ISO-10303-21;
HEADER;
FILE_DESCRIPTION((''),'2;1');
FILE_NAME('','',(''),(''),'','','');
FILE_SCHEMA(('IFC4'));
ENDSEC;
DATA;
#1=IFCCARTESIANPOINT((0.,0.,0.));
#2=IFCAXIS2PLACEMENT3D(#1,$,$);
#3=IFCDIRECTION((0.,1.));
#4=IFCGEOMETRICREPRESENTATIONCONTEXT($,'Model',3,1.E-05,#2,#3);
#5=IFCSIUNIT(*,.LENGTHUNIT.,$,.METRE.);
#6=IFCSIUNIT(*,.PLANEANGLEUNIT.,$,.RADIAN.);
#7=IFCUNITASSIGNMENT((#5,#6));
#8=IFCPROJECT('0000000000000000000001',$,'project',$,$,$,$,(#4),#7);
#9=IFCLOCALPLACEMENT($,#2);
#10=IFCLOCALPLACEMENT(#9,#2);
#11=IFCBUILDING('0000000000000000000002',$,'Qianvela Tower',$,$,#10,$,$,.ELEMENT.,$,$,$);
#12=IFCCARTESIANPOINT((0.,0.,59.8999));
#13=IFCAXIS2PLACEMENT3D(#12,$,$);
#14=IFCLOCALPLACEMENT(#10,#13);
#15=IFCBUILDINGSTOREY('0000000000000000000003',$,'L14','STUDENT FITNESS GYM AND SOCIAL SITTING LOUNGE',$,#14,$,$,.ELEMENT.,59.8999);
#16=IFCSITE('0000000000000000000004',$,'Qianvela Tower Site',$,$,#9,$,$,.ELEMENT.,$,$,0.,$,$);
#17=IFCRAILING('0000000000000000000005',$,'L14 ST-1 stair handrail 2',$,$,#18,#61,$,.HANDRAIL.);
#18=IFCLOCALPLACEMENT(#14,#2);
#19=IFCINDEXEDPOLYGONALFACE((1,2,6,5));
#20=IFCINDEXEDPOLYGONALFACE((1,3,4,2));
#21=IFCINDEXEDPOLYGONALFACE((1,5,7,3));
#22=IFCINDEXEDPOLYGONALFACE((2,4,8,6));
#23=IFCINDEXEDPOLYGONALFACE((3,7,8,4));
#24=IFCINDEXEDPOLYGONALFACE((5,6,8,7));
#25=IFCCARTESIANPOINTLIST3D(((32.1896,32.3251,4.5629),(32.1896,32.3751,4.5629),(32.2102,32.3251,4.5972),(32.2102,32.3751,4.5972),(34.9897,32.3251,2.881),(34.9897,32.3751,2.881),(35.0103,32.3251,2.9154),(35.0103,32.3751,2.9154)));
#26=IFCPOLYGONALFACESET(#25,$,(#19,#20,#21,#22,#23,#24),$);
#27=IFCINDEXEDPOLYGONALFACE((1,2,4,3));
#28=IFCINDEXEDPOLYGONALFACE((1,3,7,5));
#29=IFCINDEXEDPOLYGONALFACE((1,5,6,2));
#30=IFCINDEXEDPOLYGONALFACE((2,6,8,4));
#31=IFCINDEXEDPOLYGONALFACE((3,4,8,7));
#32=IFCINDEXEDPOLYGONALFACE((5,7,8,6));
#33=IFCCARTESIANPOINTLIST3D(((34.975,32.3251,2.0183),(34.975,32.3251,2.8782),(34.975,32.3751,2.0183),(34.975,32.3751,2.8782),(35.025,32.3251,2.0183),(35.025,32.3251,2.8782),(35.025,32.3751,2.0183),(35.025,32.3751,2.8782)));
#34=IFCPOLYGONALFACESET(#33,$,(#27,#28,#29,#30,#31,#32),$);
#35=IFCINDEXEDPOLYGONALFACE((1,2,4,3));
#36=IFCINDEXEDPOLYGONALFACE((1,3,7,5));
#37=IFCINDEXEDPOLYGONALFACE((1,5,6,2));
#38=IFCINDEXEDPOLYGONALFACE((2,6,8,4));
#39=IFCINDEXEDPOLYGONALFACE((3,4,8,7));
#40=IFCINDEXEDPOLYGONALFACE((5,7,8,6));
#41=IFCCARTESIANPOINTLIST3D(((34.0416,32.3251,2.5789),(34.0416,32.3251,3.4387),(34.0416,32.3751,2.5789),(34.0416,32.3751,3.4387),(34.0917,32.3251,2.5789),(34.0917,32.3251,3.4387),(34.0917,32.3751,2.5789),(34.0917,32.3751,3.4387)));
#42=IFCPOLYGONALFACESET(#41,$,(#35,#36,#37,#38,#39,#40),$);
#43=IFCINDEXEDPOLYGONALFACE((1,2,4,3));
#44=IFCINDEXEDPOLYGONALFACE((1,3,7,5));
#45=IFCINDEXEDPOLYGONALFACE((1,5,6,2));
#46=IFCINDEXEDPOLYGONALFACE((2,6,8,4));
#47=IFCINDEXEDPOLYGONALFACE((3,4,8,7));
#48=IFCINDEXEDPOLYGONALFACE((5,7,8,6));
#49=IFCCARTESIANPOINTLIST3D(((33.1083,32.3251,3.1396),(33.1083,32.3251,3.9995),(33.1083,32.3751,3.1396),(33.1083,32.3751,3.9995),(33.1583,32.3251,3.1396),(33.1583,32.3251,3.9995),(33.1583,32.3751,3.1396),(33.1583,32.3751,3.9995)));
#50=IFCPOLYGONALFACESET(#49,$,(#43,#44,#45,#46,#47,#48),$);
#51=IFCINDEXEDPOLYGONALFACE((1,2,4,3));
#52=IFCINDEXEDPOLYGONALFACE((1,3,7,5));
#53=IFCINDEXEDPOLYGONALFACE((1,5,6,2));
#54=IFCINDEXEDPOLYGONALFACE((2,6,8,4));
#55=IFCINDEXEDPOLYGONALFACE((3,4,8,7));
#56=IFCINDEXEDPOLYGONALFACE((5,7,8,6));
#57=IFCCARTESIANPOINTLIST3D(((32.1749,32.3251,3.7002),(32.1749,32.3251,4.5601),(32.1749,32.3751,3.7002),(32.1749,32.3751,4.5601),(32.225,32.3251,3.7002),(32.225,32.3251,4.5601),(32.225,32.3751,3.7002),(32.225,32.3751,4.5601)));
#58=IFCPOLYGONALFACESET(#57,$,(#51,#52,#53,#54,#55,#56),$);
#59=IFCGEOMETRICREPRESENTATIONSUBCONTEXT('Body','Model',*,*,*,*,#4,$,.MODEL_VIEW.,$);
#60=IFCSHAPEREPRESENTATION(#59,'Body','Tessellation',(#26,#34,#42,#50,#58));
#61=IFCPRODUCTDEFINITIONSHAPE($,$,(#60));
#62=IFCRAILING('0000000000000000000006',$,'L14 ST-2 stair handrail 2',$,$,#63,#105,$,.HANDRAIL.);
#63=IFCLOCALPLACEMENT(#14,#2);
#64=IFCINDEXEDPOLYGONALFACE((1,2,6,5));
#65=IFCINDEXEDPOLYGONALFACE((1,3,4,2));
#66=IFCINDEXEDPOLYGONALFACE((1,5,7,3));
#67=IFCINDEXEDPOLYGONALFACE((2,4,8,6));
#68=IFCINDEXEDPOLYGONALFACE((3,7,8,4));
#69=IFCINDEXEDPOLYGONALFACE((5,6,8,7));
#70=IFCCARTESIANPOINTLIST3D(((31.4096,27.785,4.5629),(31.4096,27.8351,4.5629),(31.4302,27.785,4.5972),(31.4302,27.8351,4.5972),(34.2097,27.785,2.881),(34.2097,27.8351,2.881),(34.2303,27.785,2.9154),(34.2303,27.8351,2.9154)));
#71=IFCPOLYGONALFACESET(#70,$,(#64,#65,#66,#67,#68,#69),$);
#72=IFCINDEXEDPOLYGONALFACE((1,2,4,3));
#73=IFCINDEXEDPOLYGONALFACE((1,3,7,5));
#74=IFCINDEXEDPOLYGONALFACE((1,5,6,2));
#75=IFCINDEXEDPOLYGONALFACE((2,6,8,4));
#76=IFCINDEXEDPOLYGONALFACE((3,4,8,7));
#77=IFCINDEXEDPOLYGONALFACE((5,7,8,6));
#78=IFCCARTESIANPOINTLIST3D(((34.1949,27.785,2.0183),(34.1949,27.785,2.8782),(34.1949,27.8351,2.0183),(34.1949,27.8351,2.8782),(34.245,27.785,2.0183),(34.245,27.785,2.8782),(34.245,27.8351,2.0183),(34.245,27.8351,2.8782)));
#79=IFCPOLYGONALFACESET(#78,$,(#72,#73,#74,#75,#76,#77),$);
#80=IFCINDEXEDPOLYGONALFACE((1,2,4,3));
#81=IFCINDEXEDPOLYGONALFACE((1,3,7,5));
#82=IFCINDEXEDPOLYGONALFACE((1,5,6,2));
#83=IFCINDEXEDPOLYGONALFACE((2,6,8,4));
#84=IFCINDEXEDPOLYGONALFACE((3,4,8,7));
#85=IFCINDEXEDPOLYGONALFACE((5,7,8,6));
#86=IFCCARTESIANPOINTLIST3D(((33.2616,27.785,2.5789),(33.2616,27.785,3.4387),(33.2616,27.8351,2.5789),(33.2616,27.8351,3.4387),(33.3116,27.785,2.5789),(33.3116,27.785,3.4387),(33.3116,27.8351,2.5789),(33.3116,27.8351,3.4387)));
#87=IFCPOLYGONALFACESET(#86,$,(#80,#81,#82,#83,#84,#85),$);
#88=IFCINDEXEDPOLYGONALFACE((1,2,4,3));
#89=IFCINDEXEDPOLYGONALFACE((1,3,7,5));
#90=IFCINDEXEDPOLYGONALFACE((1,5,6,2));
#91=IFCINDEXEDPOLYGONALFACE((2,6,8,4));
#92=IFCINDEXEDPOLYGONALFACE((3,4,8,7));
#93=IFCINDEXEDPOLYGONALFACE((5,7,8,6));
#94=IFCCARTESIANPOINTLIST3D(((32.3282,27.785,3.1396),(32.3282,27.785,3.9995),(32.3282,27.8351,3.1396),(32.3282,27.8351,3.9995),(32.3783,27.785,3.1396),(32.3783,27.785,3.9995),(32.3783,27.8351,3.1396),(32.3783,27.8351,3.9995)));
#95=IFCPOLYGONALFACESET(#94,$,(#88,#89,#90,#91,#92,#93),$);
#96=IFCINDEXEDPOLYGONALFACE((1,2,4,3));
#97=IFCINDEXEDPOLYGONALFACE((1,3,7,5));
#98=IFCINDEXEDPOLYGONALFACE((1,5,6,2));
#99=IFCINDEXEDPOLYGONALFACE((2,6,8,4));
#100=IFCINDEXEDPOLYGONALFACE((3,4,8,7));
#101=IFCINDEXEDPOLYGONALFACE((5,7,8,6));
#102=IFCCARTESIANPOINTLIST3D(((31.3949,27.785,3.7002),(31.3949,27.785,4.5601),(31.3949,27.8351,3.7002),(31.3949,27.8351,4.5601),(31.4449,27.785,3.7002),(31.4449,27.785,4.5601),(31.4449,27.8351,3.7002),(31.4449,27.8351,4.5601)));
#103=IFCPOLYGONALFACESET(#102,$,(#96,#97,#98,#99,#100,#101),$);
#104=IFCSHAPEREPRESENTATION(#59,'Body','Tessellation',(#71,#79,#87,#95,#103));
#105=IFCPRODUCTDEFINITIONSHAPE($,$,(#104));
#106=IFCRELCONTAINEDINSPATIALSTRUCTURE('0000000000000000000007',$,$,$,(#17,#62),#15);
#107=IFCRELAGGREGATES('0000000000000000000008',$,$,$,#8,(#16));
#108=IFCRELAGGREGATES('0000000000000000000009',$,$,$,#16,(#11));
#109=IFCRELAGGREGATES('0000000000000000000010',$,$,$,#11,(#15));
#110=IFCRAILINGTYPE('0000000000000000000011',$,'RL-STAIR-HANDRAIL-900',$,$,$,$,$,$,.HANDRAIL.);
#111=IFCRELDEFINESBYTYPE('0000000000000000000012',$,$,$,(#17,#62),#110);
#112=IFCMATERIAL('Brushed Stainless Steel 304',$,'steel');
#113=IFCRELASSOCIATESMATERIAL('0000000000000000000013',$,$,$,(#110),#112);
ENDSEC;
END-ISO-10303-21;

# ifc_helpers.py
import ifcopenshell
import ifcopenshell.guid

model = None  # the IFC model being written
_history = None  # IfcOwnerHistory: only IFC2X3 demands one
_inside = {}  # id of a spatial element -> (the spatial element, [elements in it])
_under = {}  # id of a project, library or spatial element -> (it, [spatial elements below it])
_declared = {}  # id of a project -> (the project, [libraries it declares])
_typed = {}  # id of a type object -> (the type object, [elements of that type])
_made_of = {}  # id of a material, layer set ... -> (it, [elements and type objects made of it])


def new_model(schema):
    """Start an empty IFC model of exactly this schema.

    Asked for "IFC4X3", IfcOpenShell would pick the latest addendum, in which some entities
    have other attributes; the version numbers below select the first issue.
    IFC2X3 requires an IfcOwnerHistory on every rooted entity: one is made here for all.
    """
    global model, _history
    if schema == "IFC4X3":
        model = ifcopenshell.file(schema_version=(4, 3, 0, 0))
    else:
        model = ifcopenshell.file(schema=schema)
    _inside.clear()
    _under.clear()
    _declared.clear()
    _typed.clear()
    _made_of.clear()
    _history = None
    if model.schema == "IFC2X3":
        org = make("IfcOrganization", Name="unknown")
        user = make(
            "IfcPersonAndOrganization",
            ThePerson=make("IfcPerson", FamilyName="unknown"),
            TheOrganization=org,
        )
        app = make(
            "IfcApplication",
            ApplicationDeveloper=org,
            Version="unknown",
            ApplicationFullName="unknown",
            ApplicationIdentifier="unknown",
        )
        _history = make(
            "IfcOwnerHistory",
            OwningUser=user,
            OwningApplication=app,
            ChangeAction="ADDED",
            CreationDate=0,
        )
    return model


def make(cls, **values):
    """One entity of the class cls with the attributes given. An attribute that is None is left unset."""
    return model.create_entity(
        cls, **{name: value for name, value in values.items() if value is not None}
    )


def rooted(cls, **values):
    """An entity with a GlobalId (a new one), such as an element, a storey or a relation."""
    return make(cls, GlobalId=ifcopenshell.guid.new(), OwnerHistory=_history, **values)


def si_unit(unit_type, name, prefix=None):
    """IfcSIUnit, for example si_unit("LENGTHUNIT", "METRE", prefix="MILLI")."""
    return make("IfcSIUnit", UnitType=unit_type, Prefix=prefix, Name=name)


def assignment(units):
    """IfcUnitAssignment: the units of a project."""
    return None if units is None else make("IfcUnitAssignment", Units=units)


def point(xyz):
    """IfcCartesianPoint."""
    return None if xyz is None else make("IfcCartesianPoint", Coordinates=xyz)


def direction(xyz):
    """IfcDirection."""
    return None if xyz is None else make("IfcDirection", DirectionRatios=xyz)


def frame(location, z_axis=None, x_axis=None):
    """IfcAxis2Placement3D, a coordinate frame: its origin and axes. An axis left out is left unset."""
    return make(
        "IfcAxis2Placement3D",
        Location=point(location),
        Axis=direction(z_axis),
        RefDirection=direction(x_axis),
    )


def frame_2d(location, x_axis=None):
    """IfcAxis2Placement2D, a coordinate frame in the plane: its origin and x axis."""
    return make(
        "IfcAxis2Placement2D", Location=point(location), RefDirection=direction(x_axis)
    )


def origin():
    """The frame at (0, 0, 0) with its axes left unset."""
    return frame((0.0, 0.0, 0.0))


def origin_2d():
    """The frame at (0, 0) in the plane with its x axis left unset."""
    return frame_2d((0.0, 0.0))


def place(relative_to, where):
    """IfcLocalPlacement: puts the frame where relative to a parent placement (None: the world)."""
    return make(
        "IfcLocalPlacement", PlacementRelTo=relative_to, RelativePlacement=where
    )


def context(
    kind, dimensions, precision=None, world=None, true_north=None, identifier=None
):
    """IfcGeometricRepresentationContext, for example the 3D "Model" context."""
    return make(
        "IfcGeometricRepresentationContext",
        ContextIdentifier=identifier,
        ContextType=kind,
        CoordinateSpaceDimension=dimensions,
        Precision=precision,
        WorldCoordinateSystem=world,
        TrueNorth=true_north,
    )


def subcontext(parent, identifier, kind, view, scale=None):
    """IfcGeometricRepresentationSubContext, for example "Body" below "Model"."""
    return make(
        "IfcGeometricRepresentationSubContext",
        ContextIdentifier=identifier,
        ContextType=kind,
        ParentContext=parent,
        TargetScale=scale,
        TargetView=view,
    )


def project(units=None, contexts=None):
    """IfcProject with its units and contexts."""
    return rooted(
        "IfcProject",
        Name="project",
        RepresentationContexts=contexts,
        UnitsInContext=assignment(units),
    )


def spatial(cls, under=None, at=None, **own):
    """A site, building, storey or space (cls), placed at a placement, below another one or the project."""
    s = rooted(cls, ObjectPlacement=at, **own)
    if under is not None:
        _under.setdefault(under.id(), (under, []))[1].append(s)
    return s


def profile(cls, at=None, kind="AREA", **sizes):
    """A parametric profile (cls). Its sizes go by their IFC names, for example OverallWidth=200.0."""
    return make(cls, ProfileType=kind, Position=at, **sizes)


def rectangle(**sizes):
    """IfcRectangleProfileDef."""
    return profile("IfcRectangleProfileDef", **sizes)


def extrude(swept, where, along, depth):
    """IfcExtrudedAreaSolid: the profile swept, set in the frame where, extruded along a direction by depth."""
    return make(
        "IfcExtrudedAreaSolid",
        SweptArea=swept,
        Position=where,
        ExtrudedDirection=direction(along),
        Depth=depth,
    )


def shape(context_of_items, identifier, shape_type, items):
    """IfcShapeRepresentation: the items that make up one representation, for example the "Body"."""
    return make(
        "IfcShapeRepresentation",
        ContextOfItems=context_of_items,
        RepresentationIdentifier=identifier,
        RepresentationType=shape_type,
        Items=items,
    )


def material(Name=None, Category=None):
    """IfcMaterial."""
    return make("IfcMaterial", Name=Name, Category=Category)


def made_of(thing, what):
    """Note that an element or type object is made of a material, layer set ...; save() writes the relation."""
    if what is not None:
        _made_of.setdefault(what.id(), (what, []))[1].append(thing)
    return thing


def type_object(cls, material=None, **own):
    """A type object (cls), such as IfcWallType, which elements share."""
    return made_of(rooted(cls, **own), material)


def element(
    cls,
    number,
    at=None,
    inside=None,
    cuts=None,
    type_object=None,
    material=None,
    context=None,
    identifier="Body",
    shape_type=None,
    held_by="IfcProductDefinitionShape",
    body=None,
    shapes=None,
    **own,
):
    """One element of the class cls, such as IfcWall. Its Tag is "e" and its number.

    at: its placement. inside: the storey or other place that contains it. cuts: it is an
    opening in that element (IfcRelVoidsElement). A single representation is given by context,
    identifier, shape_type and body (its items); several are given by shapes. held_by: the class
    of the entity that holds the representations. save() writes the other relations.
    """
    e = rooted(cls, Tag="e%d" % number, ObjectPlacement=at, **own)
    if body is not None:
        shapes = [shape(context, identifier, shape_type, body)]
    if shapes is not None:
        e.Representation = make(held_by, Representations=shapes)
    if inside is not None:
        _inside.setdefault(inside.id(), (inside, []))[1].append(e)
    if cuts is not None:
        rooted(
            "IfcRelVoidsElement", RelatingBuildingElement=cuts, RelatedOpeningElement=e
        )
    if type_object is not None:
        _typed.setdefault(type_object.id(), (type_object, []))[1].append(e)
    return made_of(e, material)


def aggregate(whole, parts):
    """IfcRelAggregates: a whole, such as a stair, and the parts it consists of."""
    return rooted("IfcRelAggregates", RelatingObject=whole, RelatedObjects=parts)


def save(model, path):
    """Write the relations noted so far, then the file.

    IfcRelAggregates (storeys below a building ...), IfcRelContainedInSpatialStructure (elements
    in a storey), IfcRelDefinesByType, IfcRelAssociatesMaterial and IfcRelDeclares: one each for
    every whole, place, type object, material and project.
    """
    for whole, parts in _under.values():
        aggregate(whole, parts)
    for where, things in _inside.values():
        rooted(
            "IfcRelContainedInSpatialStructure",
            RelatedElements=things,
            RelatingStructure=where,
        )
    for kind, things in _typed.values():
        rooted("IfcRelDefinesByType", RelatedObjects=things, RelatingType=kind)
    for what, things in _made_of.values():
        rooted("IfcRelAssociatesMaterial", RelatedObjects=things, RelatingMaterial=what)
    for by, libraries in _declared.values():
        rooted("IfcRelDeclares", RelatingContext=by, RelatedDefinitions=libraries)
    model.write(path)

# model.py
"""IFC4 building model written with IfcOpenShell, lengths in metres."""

from ifc_helpers import new_model, si_unit, direction, frame, origin, origin_2d, place, context, subcontext, project, spatial, rectangle, extrude, material, type_object, element, save


model = new_model("IFC4")

# Units and contexts
model_context = context("Model", 3, precision=1e-05, world=origin(), true_north=direction((0.0, 1.0)))
body_context = subcontext(model_context, "Body", "Model", "MODEL_VIEW")
ifc_project = project(units=[si_unit("LENGTHUNIT", "METRE"), si_unit("PLANEANGLEUNIT", "RADIAN")], contexts=[model_context])

# Site, building, storey
site_placement = place(None, origin())
site = spatial("IfcSite", under=ifc_project, at=site_placement, Name="Qianvela Tower Site", CompositionType="ELEMENT", RefElevation=0.0)
building_placement = place(site_placement, origin())
building = spatial("IfcBuilding", under=site, at=building_placement, Name="Qianvela Tower", CompositionType="ELEMENT")
storey_placement = place(building_placement, frame((0.0, 0.0, 59.8999)))
storey = spatial("IfcBuildingStorey", under=building, at=storey_placement, Name="L14", Description="STUDENT FITNESS GYM AND SOCIAL SITTING LOUNGE", CompositionType="ELEMENT", Elevation=59.8999)

# Railings
ifc_material_1 = material(Name="Brushed Stainless Steel 304", Category="steel")
railing_type_1 = type_object("IfcRailingType", Name="RL-STAIR-HANDRAIL-900", PredefinedType="HANDRAIL", material=ifc_material_1)
for number, where, name in (
    (1, (35.0, 32.3501, 2.0183), "L14 ST-1 stair handrail 2"),
    (2, (34.22, 27.8101, 2.0183), "L14 ST-2 stair handrail 2"),
):
    element("IfcRailing", number, at=place(storey_placement, frame(where)), inside=storey, type_object=railing_type_1, Name=name, PredefinedType="HANDRAIL", context=body_context, shape_type="SweptSolid", body=[
        extrude(rectangle(XDim=0.05, YDim=0.04, at=origin_2d()), frame((0.0, 0.0, 0.8799), z_axis=(-0.857242, 0.0, 0.514913), x_axis=(0.0, -1.0, 0.0)), (0.0, 0.0, 1.0), 3.2664),
        extrude(rectangle(XDim=0.05, YDim=0.05, at=origin_2d()), origin(), (0.0, 0.0, 1.0), 0.8599),
        extrude(rectangle(XDim=0.05, YDim=0.05, at=origin_2d()), frame((-0.9333, 0.0, 0.5605)), (0.0, 0.0, 1.0), 0.8599),
        extrude(rectangle(XDim=0.05, YDim=0.05, at=origin_2d()), frame((-1.8667, 0.0, 1.1213)), (0.0, 0.0, 1.0), 0.8599),
        extrude(rectangle(XDim=0.05, YDim=0.05, at=origin_2d()), frame((-2.8, 0.0, 1.6819)), (0.0, 0.0, 1.0), 0.8599),
    ])

save(model, "model.ifc")
